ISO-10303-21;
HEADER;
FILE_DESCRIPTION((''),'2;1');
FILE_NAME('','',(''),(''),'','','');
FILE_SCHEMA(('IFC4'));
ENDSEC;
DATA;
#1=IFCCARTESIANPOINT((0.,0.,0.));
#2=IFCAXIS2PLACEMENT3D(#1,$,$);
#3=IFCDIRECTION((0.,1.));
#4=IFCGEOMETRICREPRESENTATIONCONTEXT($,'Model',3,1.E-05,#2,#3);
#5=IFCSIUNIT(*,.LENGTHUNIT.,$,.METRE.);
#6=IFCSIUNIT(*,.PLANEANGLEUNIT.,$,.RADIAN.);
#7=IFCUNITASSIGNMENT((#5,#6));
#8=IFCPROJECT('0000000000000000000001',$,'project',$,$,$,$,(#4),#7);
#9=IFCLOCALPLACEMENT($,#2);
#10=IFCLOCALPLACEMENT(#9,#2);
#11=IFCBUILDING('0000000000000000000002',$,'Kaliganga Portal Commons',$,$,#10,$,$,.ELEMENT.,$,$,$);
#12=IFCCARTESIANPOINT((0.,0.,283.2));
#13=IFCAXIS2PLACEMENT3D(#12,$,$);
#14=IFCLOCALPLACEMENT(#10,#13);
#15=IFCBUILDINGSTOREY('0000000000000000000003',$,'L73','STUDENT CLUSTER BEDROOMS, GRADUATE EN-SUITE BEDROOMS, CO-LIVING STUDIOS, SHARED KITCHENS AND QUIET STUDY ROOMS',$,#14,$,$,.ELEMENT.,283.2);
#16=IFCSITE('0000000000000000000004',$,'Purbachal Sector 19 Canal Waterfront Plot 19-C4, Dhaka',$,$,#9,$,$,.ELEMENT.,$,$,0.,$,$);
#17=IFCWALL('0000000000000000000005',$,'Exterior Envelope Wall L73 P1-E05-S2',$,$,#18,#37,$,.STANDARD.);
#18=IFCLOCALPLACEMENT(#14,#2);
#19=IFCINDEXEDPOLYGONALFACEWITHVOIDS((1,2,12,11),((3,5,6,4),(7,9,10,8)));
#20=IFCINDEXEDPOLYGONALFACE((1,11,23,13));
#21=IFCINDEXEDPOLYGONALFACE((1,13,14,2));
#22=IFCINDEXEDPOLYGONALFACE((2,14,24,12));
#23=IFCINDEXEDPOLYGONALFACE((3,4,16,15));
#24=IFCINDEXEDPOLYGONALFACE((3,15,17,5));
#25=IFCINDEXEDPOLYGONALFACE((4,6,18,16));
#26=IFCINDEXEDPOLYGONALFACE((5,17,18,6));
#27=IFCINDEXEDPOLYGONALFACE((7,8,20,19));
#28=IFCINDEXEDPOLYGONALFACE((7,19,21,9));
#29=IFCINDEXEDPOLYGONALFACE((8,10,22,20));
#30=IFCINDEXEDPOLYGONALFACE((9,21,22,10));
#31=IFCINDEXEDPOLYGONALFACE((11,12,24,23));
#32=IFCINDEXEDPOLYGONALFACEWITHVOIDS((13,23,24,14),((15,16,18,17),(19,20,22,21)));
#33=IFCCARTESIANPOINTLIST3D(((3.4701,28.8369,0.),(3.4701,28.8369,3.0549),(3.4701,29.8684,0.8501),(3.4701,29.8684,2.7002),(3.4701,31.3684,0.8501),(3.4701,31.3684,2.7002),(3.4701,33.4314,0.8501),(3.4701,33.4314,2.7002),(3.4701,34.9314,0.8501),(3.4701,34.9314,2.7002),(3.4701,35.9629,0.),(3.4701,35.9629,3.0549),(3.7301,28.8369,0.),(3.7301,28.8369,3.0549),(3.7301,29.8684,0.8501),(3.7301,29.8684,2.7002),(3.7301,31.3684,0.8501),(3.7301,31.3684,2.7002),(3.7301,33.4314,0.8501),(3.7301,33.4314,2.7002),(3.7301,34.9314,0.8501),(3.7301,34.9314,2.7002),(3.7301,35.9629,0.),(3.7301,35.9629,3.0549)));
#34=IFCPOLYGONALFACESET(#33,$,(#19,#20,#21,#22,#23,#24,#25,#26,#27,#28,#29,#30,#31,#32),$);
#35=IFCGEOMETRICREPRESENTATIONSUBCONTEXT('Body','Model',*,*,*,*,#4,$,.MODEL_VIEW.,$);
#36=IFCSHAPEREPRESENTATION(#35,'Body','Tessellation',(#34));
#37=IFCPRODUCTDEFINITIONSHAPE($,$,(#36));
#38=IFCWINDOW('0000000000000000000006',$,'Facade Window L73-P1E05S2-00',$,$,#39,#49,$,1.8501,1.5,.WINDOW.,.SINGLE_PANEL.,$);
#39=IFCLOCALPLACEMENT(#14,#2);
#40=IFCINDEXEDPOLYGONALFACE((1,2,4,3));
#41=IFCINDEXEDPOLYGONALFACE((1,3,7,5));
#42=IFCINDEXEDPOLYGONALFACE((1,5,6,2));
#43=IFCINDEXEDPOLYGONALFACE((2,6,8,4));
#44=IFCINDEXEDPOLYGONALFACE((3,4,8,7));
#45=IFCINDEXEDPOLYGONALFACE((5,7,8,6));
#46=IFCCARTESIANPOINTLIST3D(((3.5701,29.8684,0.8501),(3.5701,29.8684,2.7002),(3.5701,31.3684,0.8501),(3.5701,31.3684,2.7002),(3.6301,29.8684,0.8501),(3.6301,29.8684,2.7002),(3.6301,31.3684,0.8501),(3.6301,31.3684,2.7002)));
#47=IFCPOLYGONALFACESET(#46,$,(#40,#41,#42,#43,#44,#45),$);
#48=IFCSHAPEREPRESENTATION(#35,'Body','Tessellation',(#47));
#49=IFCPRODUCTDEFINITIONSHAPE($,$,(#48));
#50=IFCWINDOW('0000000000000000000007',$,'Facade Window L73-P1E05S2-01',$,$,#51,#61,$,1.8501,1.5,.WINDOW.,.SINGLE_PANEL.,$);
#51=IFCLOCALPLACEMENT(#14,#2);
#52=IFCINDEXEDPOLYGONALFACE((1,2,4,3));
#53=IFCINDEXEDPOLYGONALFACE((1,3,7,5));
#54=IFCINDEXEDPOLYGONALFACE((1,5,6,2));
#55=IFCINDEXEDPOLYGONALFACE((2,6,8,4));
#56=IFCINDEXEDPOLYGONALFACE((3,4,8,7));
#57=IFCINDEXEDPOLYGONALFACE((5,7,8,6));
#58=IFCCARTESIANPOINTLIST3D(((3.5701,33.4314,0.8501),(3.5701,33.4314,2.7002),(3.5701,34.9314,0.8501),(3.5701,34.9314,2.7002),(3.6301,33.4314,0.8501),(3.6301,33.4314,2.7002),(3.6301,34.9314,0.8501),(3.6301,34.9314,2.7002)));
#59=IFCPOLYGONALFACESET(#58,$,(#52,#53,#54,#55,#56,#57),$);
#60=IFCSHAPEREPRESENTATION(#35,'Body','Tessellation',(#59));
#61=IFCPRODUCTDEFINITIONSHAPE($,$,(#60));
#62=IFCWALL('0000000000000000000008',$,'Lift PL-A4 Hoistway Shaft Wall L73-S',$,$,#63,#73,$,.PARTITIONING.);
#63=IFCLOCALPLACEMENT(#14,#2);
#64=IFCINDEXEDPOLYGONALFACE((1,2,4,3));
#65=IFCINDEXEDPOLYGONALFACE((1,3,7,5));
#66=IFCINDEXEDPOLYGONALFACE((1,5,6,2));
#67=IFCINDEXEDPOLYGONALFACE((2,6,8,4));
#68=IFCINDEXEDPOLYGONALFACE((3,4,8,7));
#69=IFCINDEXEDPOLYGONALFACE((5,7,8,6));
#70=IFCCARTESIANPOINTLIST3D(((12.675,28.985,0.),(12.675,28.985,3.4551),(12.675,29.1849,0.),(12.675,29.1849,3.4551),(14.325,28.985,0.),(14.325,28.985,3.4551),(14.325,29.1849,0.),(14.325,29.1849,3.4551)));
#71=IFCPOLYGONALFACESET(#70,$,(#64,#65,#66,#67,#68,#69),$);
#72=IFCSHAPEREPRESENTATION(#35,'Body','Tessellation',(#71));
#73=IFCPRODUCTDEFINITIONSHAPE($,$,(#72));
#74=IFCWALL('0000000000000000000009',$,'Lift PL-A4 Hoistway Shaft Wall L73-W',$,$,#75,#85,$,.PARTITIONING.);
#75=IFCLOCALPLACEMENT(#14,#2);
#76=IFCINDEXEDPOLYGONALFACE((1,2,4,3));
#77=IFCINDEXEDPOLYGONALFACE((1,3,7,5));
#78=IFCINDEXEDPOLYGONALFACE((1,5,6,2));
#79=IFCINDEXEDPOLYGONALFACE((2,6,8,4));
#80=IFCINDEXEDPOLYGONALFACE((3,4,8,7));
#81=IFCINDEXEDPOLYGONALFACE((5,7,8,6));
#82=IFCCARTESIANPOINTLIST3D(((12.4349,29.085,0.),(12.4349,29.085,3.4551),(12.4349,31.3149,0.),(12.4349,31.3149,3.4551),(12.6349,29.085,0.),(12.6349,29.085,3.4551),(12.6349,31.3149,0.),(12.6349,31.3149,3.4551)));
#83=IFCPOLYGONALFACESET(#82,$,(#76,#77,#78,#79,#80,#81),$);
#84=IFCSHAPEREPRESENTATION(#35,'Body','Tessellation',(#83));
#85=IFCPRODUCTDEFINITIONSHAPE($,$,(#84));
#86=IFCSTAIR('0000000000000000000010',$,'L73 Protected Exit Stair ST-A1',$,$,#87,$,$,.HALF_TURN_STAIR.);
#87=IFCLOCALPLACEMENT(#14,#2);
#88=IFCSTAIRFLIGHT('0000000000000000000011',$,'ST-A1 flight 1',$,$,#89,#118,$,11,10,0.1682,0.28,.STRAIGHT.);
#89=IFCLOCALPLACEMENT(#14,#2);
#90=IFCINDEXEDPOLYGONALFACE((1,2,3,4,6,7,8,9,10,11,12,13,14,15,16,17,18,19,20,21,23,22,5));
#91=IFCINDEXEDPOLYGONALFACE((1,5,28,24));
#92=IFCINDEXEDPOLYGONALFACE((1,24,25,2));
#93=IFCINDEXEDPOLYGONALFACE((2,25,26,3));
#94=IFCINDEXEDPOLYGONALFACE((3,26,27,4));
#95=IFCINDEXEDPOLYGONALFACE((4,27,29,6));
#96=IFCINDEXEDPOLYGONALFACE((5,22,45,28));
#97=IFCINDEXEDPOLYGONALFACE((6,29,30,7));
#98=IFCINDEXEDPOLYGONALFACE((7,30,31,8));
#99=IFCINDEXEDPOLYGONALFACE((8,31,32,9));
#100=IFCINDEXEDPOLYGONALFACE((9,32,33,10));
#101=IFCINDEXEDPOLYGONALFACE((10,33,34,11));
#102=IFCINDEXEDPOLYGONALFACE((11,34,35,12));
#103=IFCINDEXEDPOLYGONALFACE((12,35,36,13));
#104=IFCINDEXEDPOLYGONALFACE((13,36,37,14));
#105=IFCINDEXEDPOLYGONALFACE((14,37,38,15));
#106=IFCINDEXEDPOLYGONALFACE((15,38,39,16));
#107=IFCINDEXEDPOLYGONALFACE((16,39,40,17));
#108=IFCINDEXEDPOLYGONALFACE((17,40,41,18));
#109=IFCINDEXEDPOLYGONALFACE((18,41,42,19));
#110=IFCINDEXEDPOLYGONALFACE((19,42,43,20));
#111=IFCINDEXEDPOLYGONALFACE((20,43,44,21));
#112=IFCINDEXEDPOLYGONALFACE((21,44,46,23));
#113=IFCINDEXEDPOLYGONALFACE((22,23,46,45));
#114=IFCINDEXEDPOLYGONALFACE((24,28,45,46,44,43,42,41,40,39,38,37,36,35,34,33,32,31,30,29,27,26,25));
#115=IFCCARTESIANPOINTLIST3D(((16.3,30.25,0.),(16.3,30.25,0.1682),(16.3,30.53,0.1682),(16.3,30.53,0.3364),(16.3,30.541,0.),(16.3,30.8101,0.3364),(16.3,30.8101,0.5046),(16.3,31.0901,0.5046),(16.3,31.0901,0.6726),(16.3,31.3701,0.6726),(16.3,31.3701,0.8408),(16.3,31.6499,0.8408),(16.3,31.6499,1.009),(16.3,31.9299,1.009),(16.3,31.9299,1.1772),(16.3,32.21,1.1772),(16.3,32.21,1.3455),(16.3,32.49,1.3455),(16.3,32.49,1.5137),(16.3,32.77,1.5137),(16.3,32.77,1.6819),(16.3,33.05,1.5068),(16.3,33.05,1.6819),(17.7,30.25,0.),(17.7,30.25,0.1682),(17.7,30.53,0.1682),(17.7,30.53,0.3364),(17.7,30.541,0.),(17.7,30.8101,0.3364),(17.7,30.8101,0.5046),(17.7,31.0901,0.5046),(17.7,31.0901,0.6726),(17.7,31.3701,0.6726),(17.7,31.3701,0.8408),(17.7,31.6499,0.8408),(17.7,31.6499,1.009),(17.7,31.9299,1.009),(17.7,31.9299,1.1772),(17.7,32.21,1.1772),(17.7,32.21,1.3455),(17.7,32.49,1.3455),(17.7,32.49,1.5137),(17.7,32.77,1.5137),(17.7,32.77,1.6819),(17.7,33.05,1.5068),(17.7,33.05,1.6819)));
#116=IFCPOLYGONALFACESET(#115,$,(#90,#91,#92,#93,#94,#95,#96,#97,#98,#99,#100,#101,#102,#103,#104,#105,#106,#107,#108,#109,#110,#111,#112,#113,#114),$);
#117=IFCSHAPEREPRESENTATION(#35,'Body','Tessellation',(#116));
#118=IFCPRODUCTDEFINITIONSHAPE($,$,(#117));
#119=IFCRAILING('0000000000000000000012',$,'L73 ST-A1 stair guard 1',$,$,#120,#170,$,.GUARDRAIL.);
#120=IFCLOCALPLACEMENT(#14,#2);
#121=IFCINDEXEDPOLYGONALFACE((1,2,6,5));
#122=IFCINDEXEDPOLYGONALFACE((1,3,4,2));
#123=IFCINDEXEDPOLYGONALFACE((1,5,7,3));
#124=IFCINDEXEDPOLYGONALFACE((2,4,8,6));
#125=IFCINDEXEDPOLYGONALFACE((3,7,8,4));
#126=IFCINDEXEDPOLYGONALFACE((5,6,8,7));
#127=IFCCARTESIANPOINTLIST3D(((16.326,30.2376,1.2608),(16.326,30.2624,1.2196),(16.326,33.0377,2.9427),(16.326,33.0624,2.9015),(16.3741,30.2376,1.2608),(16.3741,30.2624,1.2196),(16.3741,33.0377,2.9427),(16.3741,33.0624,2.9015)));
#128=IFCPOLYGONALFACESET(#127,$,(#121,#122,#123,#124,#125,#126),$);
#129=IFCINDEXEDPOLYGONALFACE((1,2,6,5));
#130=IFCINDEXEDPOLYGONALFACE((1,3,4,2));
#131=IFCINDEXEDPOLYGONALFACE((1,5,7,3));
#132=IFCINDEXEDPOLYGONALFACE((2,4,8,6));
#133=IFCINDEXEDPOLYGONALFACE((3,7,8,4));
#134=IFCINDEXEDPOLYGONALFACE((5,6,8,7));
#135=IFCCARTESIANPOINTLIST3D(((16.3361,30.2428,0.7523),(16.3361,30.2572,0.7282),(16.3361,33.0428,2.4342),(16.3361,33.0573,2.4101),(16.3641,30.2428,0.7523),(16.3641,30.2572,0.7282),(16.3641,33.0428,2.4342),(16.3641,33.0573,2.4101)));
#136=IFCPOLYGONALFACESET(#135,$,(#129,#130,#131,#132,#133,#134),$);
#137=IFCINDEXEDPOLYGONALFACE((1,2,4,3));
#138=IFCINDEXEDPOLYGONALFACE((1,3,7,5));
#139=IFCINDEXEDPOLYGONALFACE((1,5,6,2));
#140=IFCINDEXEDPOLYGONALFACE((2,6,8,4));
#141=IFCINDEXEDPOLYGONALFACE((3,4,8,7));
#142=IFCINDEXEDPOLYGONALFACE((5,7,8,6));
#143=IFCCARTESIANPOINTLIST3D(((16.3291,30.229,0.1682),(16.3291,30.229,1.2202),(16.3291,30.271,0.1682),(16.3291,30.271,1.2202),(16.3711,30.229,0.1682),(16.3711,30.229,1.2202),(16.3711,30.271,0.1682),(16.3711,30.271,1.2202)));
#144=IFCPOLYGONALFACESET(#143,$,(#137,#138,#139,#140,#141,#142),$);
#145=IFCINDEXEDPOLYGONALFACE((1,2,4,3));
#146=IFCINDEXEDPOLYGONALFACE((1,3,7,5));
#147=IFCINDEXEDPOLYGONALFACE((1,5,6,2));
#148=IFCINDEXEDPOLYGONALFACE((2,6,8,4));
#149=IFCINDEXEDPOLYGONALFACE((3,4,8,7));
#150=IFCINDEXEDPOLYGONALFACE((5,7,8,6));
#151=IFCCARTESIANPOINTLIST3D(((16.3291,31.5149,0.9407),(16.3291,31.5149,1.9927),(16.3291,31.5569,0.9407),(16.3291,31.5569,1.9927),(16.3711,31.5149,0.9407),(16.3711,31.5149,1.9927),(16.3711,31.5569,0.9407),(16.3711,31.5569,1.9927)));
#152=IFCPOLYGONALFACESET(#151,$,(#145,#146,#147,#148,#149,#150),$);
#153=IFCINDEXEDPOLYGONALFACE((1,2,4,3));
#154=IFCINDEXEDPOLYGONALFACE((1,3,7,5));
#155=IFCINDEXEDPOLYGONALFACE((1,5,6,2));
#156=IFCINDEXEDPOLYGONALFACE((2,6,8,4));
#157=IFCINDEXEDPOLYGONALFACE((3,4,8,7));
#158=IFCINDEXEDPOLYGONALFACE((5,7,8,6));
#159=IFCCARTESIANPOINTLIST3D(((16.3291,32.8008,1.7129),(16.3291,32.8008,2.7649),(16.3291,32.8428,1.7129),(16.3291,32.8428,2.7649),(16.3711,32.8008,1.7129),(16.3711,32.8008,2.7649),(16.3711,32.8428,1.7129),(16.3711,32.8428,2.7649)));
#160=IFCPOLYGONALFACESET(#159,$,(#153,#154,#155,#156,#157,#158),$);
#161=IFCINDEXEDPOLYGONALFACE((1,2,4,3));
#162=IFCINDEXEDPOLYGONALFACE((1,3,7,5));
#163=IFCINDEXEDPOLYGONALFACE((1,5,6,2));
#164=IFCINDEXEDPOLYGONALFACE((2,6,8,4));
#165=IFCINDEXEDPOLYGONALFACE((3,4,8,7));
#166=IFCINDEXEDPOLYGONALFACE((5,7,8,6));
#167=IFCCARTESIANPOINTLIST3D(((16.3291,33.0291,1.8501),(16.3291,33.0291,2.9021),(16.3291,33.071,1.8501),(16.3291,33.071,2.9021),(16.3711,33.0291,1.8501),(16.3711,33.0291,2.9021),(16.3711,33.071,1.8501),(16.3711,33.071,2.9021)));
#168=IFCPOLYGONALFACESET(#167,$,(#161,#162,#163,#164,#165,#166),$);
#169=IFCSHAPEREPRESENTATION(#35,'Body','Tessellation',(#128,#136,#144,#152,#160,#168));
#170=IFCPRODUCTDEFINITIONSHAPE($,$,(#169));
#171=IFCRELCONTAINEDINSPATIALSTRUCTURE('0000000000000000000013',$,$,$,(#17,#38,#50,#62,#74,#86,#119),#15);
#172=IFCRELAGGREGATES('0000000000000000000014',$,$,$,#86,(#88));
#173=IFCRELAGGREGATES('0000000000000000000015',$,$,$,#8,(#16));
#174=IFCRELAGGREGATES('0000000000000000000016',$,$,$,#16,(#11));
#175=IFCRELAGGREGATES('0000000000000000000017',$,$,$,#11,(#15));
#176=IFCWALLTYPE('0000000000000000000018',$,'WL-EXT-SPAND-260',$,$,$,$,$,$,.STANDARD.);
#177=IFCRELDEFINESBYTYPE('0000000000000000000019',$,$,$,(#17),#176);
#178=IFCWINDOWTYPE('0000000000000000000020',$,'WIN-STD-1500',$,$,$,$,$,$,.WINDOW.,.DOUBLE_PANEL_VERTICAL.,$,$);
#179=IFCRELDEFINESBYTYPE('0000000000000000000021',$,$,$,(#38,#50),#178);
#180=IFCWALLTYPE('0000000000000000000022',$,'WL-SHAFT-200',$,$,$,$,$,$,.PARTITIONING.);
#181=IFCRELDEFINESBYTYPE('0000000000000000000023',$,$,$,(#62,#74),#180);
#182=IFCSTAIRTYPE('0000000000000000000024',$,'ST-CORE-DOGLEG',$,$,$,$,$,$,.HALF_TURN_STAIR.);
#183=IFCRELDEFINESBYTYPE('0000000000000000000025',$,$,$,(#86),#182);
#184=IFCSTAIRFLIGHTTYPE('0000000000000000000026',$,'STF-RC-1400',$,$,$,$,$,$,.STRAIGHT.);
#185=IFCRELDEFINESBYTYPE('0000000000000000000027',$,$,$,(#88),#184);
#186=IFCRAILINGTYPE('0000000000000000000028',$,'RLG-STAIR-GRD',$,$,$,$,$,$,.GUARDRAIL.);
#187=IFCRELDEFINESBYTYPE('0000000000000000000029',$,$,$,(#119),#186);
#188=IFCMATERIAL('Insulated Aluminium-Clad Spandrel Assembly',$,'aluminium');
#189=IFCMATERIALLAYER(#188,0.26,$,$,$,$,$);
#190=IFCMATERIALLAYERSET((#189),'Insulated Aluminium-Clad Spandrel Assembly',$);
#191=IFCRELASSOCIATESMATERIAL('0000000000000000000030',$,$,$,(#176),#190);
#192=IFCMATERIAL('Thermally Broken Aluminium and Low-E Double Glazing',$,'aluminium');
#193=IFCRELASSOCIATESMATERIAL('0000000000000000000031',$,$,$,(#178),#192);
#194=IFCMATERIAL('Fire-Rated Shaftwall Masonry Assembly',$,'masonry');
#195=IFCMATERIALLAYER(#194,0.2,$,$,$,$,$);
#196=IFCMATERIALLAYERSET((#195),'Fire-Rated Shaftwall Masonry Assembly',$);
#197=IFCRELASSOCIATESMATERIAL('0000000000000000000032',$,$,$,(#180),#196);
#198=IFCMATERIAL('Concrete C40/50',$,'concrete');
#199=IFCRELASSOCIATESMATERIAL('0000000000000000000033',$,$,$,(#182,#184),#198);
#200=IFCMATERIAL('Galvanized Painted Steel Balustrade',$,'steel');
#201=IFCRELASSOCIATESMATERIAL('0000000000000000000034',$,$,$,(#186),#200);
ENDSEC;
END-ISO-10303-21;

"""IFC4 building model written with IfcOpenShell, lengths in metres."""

from ifc_helpers import new_model, si_unit, direction, frame, frame_2d, origin, origin_2d, place, context, subcontext, project, spatial, polyline, rectangle, outline, extrude, material, layer, layer_set, type_object, element, fill, aggregate, save


model = new_model("IFC4")

# Units and contexts
model_context = context("Model", 3, precision=1e-05, world=origin(), true_north=direction((0.0, 1.0)))
body_context = subcontext(model_context, "Body", "Model", "MODEL_VIEW")
ifc_project = project(units=[si_unit("LENGTHUNIT", "METRE"), si_unit("PLANEANGLEUNIT", "RADIAN")], contexts=[model_context])

# Site, building, storey
site_placement = place(None, origin())
site = spatial("IfcSite", under=ifc_project, at=site_placement, Name="Purbachal Sector 19 Canal Waterfront Plot 19-C4, Dhaka", CompositionType="ELEMENT", RefElevation=0.0)
building_placement = place(site_placement, origin())
building = spatial("IfcBuilding", under=site, at=building_placement, Name="Kaliganga Portal Commons", CompositionType="ELEMENT")
storey_placement = place(building_placement, frame((0.0, 0.0, 283.2)))
storey = spatial("IfcBuildingStorey", under=building, at=storey_placement, Name="L73", Description="STUDENT CLUSTER BEDROOMS, GRADUATE EN-SUITE BEDROOMS, CO-LIVING STUDIOS, SHARED KITCHENS AND QUIET STUDY ROOMS", CompositionType="ELEMENT", Elevation=283.2)

# Wall, openings, windows
ifc_material_1 = material(Name="Insulated Aluminium-Clad Spandrel Assembly", Category="aluminium")
ifc_layer_1 = layer(ifc_material_1, 0.26)
ifc_layer_set_1 = layer_set([ifc_layer_1], Name="Insulated Aluminium-Clad Spandrel Assembly")
wall_type_1 = type_object("IfcWallType", Name="WL-EXT-SPAND-260", PredefinedType="STANDARD", material=ifc_layer_set_1)
wall_1_placement = place(storey_placement, frame((3.6001, 28.8369, 0.0), z_axis=(0.0, 0.0, 1.0), x_axis=(0.0, 1.0, 0.0)))
wall_1 = element("IfcWall", 1, at=wall_1_placement, inside=storey, type_object=wall_type_1, Name="Exterior Envelope Wall L73 P1-E05-S2", PredefinedType="STANDARD", context=body_context, shape_type="SweptSolid", body=[
    extrude(rectangle(XDim=7.126, YDim=0.26, at=frame_2d((3.563, 0.0))), origin(), (0.0, 0.0, 1.0), 3.0549),
])
opening_1_placement = place(wall_1_placement, frame((1.0315, 0.0, 0.8501)))
opening_1 = element("IfcOpeningElement", 2, at=opening_1_placement, cuts=wall_1, PredefinedType="OPENING", context=body_context, shape_type="SweptSolid", body=[
    extrude(rectangle(XDim=1.5, YDim=1.8501, at=frame_2d((0.75, 0.925))), frame((0.0, 0.1401, 0.0), z_axis=(0.0, -1.0, 0.0), x_axis=(1.0, 0.0, 0.0)), (0.0, 0.0, 1.0), 0.28),
])
opening_2_placement = place(wall_1_placement, frame((4.5945, 0.0, 0.8501)))
opening_2 = element("IfcOpeningElement", 3, at=opening_2_placement, cuts=wall_1, PredefinedType="OPENING", context=body_context, shape_type="SweptSolid", body=[
    extrude(rectangle(XDim=1.5, YDim=1.8501, at=frame_2d((0.75, 0.925))), frame((0.0, 0.1401, 0.0), z_axis=(0.0, -1.0, 0.0), x_axis=(1.0, 0.0, 0.0)), (0.0, 0.0, 1.0), 0.28),
])
ifc_material_2 = material(Name="Thermally Broken Aluminium and Low-E Double Glazing", Category="aluminium")
window_type = type_object("IfcWindowType", Name="WIN-STD-1500", PartitioningType="DOUBLE_PANEL_VERTICAL", PredefinedType="WINDOW", material=ifc_material_2)
window_1_placement = place(opening_1_placement, origin())
window_1 = element("IfcWindow", 4, at=window_1_placement, inside=storey, type_object=window_type, Name="Facade Window L73-P1E05S2-00", OverallHeight=1.8501, OverallWidth=1.5, PartitioningType="SINGLE_PANEL", PredefinedType="WINDOW", context=body_context, shape_type="SweptSolid", body=[
    extrude(rectangle(XDim=1.5, YDim=1.8501, at=frame_2d((0.75, 0.925))), frame((0.0, 0.03, 0.0), z_axis=(0.0, -1.0, 0.0), x_axis=(1.0, 0.0, 0.0)), (0.0, 0.0, 1.0), 0.0601),
])
fill(opening_1, window_1)
window_2_placement = place(opening_2_placement, origin())
window_2 = element("IfcWindow", 5, at=window_2_placement, inside=storey, type_object=window_type, Name="Facade Window L73-P1E05S2-01", OverallHeight=1.8501, OverallWidth=1.5, PartitioningType="SINGLE_PANEL", PredefinedType="WINDOW", context=body_context, shape_type="SweptSolid", body=[
    extrude(rectangle(XDim=1.5, YDim=1.8501, at=frame_2d((0.75, 0.925))), frame((0.0, 0.03, 0.0), z_axis=(0.0, -1.0, 0.0), x_axis=(1.0, 0.0, 0.0)), (0.0, 0.0, 1.0), 0.0601),
])
fill(opening_2, window_2)

# Walls
ifc_material_3 = material(Name="Fire-Rated Shaftwall Masonry Assembly", Category="masonry")
ifc_layer_2 = layer(ifc_material_3, 0.2)
ifc_layer_set_2 = layer_set([ifc_layer_2], Name="Fire-Rated Shaftwall Masonry Assembly")
wall_type_2 = type_object("IfcWallType", Name="WL-SHAFT-200", PredefinedType="PARTITIONING", material=ifc_layer_set_2)
wall_2_placement = place(storey_placement, frame((12.675, 29.085, 0.0), z_axis=(0.0, 0.0, 1.0), x_axis=(1.0, 0.0, 0.0)))
element("IfcWall", 6, at=wall_2_placement, inside=storey, type_object=wall_type_2, Name="Lift PL-A4 Hoistway Shaft Wall L73-S", PredefinedType="PARTITIONING", context=body_context, shape_type="SweptSolid", body=[
    extrude(rectangle(XDim=1.6499, YDim=0.2, at=frame_2d((0.825, 0.0))), origin(), (0.0, 0.0, 1.0), 3.4551),
])
wall_3_placement = place(storey_placement, frame((12.5349, 29.085, 0.0), z_axis=(0.0, 0.0, 1.0), x_axis=(0.0, 1.0, 0.0)))
element("IfcWall", 7, at=wall_3_placement, inside=storey, type_object=wall_type_2, Name="Lift PL-A4 Hoistway Shaft Wall L73-W", PredefinedType="PARTITIONING", context=body_context, shape_type="SweptSolid", body=[
    extrude(rectangle(XDim=2.23, YDim=0.2, at=frame_2d((1.115, 0.0))), origin(), (0.0, 0.0, 1.0), 3.4551),
])

# Stair, stair flight
ifc_material_4 = material(Name="Concrete C40/50", Category="concrete")
stair_type = type_object("IfcStairType", Name="ST-CORE-DOGLEG", PredefinedType="HALF_TURN_STAIR", material=ifc_material_4)
stair_placement = place(storey_placement, origin())
stair = element("IfcStair", 8, at=stair_placement, inside=storey, type_object=stair_type, Name="L73 Protected Exit Stair ST-A1", PredefinedType="HALF_TURN_STAIR")
stair_flight_type = type_object("IfcStairFlightType", Name="STF-RC-1400", PredefinedType="STRAIGHT", material=ifc_material_4)
stair_flight_placement = place(storey_placement, frame((17.0, 30.25, 0.0), z_axis=(0.0, 0.0, 1.0), x_axis=(0.0, 1.0, 0.0)))
stair_flight = element("IfcStairFlight", 9, at=stair_flight_placement, type_object=stair_flight_type, Name="ST-A1 flight 1", NumberOfRisers=11, NumberOfTreads=10, PredefinedType="STRAIGHT", RiserHeight=0.1682, TreadLength=0.28, context=body_context, shape_type="SweptSolid", body=[
    extrude(outline(polyline([(0.0, 0.0), (0.0, 0.1682), (0.28, 0.1682), (0.28, 0.3364), (0.5601, 0.3364), (0.5601, 0.5046), (0.8401, 0.5046), (0.8401, 0.6726), (1.1201, 0.6726), (1.1201, 0.8408), (1.3999, 0.8408), (1.3999, 1.009), (1.6799, 1.009), (1.6799, 1.1772), (1.96, 1.1772), (1.96, 1.3455), (2.24, 1.3455), (2.24, 1.5137), (2.52, 1.5137), (2.52, 1.6819), (2.8, 1.6819), (2.8, 1.8501), (2.8, 1.5068), (0.291, 0.0), (0.0, 0.0)])), frame((0.0, 0.7, 0.0), z_axis=(0.0, -1.0, 0.0), x_axis=(1.0, 0.0, 0.0)), (0.0, 0.0, 1.0), 1.3999),
])
aggregate(stair, [stair_flight])

# Railing
ifc_material_5 = material(Name="Galvanized Painted Steel Balustrade", Category="steel")
railing_type = type_object("IfcRailingType", Name="RLG-STAIR-GRD", PredefinedType="GUARDRAIL", material=ifc_material_5)
railing_1_placement = place(storey_placement, frame((16.3501, 30.25, 0.1682)))
element("IfcRailing", 10, at=railing_1_placement, inside=storey, type_object=railing_type, Name="L73 ST-A1 stair guard 1", PredefinedType="GUARDRAIL", context=body_context, shape_type="SweptSolid", body=[
    extrude(rectangle(XDim=0.0481, YDim=0.0481, at=origin_2d()), frame((0.0, 0.0, 1.072), z_axis=(0.0, 0.857242, 0.514913), x_axis=(-1.0, 0.0, 0.0)), (0.0, 0.0, 1.0), 3.2664),
    extrude(rectangle(XDim=0.0281, YDim=0.0281, at=origin_2d()), frame((0.0, 0.0, 0.572), z_axis=(0.0, 0.857242, 0.514913), x_axis=(-1.0, 0.0, 0.0)), (0.0, 0.0, 1.0), 3.2664),
    extrude(rectangle(XDim=0.042, YDim=0.042, at=origin_2d()), origin(), (0.0, 0.0, 1.0), 1.052),
    extrude(rectangle(XDim=0.042, YDim=0.042, at=origin_2d()), frame((0.0, 1.2859, 0.7725)), (0.0, 0.0, 1.0), 1.052),
    extrude(rectangle(XDim=0.042, YDim=0.042, at=origin_2d()), frame((0.0, 2.5718, 1.5447)), (0.0, 0.0, 1.0), 1.052),
    extrude(rectangle(XDim=0.042, YDim=0.042, at=origin_2d()), frame((0.0, 2.8, 1.6819)), (0.0, 0.0, 1.0), 1.052),
])

save(model, "model.ifc")
